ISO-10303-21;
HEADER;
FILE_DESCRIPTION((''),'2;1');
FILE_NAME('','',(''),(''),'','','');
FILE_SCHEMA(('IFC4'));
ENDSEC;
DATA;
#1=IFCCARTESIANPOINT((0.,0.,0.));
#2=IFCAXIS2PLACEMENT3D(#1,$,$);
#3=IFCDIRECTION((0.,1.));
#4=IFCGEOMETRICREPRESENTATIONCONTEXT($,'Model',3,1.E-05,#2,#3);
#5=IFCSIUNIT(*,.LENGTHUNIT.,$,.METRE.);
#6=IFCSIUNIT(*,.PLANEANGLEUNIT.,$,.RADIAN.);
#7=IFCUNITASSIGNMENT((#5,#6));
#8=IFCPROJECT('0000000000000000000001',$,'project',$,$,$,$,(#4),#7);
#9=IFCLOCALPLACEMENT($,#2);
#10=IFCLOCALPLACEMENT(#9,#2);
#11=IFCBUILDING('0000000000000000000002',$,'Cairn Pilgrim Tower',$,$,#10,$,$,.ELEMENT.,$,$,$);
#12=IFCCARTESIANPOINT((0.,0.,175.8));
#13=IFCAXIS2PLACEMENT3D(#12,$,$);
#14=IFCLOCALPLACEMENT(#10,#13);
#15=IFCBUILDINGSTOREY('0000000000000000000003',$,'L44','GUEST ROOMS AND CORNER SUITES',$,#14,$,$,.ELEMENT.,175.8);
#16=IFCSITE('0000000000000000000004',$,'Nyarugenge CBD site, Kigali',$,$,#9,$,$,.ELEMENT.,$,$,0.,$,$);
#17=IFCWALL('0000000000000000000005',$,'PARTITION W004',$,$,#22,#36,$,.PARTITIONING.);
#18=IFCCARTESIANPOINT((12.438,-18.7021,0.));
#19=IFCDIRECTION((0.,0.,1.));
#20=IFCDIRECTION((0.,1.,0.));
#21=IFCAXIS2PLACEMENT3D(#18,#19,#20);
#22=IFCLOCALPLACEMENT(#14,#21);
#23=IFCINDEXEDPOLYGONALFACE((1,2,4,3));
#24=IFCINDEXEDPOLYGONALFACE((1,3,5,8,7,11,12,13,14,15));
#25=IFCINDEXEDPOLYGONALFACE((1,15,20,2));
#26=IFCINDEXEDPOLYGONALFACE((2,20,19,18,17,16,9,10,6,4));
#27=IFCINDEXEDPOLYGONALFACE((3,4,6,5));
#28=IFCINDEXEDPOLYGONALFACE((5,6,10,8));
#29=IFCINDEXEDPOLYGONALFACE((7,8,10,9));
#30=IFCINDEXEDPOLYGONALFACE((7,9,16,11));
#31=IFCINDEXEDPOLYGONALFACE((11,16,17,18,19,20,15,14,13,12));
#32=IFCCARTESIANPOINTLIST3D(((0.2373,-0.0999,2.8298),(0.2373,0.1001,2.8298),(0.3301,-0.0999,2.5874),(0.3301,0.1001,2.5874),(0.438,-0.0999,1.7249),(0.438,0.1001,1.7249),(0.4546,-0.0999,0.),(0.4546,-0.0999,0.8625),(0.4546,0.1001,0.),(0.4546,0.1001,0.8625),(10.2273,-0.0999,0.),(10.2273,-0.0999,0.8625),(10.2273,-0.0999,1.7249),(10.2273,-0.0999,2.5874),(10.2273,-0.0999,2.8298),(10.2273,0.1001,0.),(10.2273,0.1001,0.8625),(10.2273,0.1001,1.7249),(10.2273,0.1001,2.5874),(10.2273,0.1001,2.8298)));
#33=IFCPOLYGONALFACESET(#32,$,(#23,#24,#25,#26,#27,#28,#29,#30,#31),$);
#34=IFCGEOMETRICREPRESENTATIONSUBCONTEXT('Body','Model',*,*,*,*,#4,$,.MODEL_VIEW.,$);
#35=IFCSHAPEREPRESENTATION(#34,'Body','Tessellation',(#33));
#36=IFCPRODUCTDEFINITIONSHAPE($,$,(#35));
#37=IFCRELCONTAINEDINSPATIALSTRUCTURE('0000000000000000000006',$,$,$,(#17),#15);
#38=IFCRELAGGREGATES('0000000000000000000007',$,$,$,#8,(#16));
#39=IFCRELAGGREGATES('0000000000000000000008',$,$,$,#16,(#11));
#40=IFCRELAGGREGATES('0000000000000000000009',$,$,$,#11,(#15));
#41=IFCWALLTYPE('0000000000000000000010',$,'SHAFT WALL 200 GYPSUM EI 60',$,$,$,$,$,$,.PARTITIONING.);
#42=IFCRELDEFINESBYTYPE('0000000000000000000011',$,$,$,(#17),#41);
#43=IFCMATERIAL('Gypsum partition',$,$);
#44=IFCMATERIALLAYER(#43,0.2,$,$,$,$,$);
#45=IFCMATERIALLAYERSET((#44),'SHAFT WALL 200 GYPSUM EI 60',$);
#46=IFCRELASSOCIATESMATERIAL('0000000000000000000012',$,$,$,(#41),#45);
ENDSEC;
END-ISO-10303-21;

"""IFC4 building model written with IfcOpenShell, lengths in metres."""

from ifc_helpers import new_model, si_unit, direction, frame, origin, place, context, subcontext, project, spatial, polyline, outline, extrude, material, layer, layer_set, type_object, element, save


model = new_model("IFC4")

# Units and contexts
model_context = context("Model", 3, precision=1e-05, world=origin(), true_north=direction((0.0, 1.0)))
body_context = subcontext(model_context, "Body", "Model", "MODEL_VIEW")
ifc_project = project(units=[si_unit("LENGTHUNIT", "METRE"), si_unit("PLANEANGLEUNIT", "RADIAN")], contexts=[model_context])

# Site, building, storey
site_placement = place(None, origin())
site = spatial("IfcSite", under=ifc_project, at=site_placement, Name="Nyarugenge CBD site, Kigali", CompositionType="ELEMENT", RefElevation=0.0)
building_placement = place(site_placement, origin())
building = spatial("IfcBuilding", under=site, at=building_placement, Name="Cairn Pilgrim Tower", CompositionType="ELEMENT")
storey_placement = place(building_placement, frame((0.0, 0.0, 175.8)))
storey = spatial("IfcBuildingStorey", under=building, at=storey_placement, Name="L44", Description="GUEST ROOMS AND CORNER SUITES", CompositionType="ELEMENT", Elevation=175.8)

# Shared definitions
ifc_material_1 = material(Name="Gypsum partition")

# Wall
ifc_layer_1 = layer(ifc_material_1, 0.2)
ifc_layer_set_1 = layer_set([ifc_layer_1], Name="SHAFT WALL 200 GYPSUM EI 60")
wall_type_1 = type_object("IfcWallType", Name="SHAFT WALL 200 GYPSUM EI 60", PredefinedType="PARTITIONING", material=ifc_layer_set_1)
wall_1_placement = place(storey_placement, frame((12.438, -18.7021, 0.0), z_axis=(0.0, 0.0, 1.0), x_axis=(0.0, 1.0, 0.0)))
element("IfcWall", 1, at=wall_1_placement, inside=storey, type_object=wall_type_1, Name="PARTITION W004", PredefinedType="PARTITIONING", context=body_context, shape_type="SweptSolid", body=[
    extrude(outline(polyline([(0.4546, 0.0), (10.2273, 0.0), (10.2273, 0.8625), (10.2273, 1.7249), (10.2273, 2.5874), (10.2273, 2.8298), (0.2373, 2.8298), (0.3301, 2.5874), (0.438, 1.7249), (0.4546, 0.8625), (0.4546, 0.0)])), frame((0.0, 0.1001, 0.0), z_axis=(0.0, -1.0, 0.0), x_axis=(1.0, 0.0, 0.0)), (0.0, 0.0, 1.0), 0.2),
])

save(model, "model.ifc")
